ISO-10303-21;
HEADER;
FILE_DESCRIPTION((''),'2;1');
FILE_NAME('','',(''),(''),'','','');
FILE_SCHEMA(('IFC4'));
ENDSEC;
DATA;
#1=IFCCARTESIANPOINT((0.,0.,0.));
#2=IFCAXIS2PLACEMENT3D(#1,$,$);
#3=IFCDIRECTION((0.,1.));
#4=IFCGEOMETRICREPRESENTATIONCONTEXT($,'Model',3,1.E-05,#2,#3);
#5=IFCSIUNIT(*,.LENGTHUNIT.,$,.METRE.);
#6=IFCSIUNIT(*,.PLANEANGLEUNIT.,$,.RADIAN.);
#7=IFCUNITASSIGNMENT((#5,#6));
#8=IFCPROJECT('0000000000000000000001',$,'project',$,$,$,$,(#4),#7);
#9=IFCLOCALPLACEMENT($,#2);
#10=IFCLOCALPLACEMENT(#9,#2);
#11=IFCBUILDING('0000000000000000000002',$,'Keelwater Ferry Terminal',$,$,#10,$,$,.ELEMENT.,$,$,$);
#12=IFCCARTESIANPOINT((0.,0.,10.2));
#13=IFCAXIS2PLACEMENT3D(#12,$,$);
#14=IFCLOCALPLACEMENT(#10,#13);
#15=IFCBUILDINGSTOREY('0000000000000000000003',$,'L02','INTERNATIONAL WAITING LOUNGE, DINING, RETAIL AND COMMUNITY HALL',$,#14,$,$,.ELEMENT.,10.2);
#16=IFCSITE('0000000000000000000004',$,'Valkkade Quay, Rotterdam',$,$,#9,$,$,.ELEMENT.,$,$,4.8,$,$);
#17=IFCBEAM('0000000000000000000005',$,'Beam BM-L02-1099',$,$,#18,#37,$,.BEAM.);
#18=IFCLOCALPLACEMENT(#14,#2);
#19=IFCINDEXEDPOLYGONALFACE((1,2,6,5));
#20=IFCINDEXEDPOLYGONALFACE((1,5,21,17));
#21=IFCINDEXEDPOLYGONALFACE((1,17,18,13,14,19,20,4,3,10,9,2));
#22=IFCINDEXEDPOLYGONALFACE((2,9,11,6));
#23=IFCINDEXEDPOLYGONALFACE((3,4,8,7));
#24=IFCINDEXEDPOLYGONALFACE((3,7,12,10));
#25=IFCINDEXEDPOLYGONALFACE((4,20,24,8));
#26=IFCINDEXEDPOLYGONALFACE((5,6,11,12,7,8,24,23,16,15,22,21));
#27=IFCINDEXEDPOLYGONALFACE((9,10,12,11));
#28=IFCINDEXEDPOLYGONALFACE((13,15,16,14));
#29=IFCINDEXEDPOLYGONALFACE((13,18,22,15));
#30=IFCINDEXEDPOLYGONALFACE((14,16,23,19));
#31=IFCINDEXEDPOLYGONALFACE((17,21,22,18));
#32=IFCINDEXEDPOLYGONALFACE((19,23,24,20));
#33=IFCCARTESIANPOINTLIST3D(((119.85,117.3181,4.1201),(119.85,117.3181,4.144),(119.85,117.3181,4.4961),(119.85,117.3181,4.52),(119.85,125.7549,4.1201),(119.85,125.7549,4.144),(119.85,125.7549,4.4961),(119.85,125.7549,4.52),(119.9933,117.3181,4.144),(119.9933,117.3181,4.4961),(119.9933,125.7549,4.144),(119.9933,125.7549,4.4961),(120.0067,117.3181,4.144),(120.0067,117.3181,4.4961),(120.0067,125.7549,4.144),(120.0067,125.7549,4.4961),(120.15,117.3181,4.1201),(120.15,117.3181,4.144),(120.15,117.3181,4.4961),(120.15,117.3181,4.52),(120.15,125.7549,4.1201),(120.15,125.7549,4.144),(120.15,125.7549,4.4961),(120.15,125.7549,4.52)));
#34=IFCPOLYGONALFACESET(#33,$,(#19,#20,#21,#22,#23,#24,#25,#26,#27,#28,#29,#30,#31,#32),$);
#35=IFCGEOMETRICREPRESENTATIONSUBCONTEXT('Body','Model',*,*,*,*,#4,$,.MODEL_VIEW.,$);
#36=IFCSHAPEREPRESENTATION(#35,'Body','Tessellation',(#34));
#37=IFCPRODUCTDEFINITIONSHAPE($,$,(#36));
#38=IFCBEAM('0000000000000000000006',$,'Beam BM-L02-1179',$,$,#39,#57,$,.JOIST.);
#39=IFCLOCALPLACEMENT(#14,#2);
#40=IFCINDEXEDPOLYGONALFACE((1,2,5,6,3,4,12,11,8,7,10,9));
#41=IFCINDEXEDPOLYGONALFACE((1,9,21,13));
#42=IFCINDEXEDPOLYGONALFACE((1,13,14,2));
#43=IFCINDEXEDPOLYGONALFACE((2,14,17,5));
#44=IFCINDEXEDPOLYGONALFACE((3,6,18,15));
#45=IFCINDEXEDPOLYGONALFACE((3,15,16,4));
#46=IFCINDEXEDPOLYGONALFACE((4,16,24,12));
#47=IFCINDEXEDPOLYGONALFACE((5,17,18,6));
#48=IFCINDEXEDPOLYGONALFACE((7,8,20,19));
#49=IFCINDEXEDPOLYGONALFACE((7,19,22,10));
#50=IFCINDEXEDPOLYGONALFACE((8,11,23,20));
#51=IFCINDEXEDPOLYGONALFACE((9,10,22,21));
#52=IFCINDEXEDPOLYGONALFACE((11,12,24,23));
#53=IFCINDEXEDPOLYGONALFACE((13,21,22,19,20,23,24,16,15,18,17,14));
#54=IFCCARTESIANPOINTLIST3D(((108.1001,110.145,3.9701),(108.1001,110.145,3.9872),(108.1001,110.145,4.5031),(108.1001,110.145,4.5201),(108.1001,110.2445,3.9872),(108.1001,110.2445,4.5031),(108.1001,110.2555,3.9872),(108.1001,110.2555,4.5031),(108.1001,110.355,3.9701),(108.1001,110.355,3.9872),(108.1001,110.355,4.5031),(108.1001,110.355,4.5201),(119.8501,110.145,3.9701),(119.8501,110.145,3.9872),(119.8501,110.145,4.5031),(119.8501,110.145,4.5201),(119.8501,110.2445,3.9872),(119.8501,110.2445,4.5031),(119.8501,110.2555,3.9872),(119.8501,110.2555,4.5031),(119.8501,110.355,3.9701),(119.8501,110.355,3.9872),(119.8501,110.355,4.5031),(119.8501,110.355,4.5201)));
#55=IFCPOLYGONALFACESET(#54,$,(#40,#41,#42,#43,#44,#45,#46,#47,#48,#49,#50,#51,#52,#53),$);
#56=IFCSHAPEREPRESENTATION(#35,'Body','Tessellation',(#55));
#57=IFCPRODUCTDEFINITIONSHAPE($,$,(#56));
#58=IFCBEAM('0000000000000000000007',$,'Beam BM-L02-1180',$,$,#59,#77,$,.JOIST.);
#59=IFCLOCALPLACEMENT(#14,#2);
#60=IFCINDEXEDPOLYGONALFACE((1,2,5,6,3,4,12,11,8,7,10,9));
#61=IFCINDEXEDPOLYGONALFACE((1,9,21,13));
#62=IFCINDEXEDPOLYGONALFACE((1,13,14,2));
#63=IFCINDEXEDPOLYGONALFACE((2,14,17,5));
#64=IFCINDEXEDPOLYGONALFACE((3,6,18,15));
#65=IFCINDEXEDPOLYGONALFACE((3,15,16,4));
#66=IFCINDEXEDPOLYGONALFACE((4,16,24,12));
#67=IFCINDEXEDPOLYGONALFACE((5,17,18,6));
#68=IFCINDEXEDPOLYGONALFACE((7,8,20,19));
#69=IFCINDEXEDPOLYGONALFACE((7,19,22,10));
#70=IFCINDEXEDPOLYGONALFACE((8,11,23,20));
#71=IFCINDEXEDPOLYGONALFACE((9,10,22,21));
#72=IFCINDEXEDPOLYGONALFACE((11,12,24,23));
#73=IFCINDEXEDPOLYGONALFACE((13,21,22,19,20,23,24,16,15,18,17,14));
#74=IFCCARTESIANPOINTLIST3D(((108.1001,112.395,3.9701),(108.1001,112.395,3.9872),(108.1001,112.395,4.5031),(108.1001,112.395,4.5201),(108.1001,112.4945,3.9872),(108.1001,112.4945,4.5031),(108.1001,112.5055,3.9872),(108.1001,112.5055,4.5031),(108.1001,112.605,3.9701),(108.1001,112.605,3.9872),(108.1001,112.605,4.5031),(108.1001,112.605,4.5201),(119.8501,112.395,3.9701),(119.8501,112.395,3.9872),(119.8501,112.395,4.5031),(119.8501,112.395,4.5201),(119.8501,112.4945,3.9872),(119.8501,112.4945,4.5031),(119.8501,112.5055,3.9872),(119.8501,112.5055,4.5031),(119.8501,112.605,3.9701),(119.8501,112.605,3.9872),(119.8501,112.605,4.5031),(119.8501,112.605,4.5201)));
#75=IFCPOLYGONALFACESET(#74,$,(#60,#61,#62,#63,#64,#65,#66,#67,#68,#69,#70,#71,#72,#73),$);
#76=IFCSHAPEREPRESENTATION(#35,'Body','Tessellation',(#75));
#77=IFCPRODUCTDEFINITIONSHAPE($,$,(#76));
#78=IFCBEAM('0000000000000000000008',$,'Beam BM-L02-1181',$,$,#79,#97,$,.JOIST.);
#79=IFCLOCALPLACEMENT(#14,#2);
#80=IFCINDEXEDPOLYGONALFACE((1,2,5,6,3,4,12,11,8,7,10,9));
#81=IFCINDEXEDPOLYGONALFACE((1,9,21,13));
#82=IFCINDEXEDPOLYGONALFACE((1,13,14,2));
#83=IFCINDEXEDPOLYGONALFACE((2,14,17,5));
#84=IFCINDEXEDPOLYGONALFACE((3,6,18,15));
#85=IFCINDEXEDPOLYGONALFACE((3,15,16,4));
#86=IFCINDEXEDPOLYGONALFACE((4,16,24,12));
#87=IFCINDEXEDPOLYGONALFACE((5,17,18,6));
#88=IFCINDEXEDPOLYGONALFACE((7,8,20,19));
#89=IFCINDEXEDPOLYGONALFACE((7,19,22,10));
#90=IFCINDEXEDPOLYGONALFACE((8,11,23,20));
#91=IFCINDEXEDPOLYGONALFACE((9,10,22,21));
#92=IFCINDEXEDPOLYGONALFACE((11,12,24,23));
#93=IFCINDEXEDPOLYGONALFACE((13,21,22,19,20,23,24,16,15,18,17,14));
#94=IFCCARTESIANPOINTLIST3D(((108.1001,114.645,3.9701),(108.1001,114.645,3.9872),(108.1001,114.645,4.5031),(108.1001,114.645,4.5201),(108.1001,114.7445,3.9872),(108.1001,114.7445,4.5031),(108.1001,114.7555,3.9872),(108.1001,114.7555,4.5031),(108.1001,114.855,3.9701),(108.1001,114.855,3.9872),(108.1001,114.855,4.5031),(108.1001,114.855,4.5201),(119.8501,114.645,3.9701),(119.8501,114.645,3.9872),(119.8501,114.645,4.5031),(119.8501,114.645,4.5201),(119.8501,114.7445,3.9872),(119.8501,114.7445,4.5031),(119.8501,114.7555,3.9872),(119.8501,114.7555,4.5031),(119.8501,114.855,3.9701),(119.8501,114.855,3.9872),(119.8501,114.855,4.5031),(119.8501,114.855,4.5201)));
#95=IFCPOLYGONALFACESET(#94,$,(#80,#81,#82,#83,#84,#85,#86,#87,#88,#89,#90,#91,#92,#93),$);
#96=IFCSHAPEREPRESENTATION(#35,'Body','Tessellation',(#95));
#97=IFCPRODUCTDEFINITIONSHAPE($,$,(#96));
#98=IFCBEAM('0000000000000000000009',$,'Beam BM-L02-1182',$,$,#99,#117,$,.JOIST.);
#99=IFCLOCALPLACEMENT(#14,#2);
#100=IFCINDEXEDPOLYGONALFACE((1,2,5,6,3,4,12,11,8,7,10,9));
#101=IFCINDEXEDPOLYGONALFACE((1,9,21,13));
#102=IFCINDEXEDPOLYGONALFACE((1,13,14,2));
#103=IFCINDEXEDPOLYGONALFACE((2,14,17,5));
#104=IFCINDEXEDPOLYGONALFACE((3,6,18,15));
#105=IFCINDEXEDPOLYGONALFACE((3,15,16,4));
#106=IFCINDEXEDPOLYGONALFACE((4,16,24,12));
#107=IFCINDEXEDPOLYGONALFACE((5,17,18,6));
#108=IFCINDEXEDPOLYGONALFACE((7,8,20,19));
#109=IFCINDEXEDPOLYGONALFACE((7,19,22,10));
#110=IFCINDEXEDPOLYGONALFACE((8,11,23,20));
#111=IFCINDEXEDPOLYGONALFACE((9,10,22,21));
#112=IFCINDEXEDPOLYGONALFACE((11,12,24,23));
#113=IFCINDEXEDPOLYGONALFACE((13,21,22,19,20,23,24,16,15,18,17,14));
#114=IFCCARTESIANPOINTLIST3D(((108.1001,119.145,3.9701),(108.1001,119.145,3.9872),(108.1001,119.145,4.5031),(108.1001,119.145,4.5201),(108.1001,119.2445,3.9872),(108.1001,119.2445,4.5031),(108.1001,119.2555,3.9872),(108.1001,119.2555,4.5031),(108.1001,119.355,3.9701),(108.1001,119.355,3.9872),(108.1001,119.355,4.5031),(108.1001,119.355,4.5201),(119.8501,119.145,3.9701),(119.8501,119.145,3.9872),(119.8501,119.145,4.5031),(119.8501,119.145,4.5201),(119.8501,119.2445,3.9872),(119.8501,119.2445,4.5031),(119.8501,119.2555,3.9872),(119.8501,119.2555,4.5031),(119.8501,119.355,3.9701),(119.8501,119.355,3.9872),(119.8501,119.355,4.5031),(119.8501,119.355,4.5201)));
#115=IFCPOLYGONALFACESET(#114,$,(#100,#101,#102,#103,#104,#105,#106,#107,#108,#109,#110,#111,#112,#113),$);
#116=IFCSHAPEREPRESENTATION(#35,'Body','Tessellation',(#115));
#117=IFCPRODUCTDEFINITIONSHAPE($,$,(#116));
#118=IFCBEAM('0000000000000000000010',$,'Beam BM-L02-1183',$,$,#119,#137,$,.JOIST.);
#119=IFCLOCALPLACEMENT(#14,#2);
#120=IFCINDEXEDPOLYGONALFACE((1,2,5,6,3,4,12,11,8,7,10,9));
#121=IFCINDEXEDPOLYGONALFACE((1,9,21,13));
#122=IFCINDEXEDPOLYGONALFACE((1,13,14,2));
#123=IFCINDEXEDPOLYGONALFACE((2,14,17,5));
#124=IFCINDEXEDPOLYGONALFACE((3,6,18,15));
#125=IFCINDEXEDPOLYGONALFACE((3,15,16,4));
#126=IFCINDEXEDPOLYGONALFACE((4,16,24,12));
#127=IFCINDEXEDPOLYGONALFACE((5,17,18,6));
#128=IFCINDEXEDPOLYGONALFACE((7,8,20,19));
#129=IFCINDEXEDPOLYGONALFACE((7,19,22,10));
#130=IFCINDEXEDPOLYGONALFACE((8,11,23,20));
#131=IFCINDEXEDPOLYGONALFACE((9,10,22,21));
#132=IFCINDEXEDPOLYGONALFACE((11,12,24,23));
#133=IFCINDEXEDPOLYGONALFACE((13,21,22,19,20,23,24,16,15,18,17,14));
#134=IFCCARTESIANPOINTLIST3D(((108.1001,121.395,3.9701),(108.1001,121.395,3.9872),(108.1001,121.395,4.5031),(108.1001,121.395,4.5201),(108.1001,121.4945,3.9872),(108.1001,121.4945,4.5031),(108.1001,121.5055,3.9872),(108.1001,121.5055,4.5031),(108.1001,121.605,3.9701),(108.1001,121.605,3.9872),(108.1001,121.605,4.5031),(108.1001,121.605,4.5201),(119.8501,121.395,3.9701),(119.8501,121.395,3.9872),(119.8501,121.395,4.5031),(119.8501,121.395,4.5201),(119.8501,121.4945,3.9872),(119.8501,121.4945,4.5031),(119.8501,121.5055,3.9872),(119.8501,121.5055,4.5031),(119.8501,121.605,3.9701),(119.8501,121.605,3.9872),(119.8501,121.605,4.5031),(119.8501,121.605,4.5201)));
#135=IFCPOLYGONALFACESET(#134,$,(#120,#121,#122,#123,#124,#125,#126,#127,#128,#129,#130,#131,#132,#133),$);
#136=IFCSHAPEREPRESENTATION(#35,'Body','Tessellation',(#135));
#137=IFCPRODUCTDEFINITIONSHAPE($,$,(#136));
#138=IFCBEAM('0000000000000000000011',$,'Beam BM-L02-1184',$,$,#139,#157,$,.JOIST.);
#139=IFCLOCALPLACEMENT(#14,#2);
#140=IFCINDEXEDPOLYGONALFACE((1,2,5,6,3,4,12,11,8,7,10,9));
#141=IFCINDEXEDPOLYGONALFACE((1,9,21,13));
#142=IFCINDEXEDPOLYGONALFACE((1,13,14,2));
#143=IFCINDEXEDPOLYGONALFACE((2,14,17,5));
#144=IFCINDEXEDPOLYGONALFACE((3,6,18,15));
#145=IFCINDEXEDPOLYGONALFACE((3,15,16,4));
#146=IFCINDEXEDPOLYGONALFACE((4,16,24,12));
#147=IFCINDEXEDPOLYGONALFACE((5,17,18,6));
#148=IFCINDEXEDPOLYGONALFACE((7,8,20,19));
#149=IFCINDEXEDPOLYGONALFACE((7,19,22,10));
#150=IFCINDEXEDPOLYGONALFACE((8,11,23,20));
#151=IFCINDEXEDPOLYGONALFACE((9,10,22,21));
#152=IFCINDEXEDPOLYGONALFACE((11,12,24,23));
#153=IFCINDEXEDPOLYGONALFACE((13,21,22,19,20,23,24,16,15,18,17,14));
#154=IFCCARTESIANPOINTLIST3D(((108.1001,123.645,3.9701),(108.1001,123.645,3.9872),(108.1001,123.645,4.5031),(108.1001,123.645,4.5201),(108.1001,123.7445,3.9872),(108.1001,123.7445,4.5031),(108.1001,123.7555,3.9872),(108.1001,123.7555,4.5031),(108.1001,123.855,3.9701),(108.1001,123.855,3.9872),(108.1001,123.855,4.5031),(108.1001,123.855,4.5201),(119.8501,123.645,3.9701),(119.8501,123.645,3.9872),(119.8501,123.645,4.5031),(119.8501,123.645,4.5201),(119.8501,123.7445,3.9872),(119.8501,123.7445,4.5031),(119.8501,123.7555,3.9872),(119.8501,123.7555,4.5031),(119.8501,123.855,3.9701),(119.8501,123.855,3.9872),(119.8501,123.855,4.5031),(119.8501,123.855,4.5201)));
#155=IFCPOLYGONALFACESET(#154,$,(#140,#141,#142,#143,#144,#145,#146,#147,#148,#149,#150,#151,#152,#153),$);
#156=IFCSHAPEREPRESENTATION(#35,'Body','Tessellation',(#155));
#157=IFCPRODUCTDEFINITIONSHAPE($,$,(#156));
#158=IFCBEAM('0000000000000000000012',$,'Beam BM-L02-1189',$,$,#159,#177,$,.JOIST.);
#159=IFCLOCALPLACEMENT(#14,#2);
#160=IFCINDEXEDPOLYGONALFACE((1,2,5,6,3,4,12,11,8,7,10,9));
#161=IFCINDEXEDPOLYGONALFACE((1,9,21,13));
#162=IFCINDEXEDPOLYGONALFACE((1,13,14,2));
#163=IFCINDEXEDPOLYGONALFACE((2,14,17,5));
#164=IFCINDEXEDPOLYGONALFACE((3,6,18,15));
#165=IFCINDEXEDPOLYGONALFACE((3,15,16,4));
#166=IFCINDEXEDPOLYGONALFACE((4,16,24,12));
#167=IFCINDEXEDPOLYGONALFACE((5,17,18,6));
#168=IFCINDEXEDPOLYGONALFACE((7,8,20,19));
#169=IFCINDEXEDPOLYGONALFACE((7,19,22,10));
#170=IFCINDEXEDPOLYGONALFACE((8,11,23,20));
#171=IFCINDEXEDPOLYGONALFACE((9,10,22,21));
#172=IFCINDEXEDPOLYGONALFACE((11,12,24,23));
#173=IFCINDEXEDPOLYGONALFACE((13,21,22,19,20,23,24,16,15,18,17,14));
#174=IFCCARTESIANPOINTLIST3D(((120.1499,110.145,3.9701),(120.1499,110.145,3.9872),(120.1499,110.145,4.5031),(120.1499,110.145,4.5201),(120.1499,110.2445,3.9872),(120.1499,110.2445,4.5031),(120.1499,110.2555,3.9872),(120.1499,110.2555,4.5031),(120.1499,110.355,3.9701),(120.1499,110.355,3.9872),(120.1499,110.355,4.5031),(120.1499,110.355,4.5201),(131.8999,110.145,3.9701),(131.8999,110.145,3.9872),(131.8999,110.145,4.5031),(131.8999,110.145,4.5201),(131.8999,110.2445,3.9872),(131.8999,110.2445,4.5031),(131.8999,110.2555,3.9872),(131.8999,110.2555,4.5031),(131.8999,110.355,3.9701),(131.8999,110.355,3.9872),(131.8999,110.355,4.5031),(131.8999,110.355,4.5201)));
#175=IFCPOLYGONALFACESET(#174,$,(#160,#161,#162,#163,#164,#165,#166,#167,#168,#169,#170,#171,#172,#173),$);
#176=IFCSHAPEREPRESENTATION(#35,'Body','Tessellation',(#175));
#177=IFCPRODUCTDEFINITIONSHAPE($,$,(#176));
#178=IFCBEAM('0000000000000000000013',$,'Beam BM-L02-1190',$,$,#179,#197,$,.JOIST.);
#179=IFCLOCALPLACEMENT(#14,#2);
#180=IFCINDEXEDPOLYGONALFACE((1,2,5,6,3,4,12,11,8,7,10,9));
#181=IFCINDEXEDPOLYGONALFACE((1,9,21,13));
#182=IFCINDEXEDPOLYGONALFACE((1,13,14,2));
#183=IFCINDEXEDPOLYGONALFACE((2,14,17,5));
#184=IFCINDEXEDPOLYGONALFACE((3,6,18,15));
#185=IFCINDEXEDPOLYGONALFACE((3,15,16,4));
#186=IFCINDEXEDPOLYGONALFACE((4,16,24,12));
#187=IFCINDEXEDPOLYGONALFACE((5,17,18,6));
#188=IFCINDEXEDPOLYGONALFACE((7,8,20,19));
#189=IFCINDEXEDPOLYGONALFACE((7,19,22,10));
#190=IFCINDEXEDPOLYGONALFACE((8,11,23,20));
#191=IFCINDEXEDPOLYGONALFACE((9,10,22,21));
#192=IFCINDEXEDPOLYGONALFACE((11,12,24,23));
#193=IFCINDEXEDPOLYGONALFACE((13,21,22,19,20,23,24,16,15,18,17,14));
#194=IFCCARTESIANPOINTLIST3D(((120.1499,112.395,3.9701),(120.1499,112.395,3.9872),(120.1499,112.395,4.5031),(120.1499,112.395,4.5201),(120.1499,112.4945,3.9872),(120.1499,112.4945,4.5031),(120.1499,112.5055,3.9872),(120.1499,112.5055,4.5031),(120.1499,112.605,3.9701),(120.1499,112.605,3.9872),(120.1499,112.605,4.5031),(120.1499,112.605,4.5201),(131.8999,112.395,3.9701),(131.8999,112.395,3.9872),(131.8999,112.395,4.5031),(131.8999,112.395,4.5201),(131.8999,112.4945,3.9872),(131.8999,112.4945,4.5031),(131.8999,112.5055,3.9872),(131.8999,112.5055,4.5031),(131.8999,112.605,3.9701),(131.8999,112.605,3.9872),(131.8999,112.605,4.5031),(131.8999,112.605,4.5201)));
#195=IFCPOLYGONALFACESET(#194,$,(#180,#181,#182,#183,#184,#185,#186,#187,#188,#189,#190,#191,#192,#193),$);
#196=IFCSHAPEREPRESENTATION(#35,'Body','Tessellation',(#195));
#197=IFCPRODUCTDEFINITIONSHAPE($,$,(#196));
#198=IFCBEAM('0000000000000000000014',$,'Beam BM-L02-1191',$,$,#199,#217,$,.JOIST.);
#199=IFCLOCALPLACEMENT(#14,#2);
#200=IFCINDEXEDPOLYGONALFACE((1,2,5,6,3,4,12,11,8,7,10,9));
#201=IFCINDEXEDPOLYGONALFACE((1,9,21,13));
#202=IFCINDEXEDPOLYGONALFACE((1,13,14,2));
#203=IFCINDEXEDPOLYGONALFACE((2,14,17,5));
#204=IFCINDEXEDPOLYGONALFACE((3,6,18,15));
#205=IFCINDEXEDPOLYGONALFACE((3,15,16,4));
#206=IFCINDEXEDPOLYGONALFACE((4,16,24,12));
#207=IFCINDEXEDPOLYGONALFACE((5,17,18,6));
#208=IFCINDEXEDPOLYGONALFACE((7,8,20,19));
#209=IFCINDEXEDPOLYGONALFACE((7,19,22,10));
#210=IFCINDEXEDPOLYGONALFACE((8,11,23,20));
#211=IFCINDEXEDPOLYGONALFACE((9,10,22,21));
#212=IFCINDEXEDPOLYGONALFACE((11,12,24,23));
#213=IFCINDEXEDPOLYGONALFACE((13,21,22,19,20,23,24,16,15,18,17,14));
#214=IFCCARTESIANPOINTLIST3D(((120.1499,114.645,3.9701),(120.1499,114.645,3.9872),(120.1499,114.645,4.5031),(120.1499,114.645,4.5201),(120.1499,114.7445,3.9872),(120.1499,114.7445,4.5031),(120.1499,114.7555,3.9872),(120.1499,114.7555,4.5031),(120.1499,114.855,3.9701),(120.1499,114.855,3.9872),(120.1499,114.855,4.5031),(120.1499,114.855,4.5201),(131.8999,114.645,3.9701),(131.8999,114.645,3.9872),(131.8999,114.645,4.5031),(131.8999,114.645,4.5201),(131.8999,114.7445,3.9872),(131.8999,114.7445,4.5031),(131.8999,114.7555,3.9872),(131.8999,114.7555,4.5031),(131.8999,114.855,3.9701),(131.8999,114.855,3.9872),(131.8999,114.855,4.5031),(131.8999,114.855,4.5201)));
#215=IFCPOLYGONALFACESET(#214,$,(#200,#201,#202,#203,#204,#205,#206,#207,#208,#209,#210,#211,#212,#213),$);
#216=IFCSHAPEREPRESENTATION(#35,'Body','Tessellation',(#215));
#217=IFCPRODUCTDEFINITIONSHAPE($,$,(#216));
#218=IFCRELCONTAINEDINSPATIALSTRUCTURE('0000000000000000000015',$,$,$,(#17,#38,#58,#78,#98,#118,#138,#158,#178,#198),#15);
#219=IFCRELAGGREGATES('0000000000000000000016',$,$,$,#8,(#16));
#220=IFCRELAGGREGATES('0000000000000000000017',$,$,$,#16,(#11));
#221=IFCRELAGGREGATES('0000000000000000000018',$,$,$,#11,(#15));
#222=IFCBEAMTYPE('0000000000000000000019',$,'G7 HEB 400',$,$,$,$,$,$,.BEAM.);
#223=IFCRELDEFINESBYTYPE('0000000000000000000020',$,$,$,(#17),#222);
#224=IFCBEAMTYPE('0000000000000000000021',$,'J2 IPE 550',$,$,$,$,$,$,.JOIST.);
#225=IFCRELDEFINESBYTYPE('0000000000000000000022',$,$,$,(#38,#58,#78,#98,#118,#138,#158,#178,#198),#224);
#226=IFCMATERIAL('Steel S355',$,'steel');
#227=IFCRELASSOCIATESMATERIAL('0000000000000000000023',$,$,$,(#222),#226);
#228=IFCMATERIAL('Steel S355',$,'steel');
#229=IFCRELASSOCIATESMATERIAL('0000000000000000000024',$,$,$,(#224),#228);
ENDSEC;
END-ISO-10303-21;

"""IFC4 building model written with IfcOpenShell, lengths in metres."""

from ifc_helpers import new_model, si_unit, direction, frame, origin, origin_2d, place, context, subcontext, project, spatial, i_section, extrude, material, material_profile, profile_set, type_object, element, save


model = new_model("IFC4")

# Units and contexts
model_context = context("Model", 3, precision=1e-05, world=origin(), true_north=direction((0.0, 1.0)))
body_context = subcontext(model_context, "Body", "Model", "MODEL_VIEW")
ifc_project = project(units=[si_unit("LENGTHUNIT", "METRE"), si_unit("PLANEANGLEUNIT", "RADIAN")], contexts=[model_context])

# Site, building, storey
site_placement = place(None, origin())
site = spatial("IfcSite", under=ifc_project, at=site_placement, Name="Valkkade Quay, Rotterdam", CompositionType="ELEMENT", RefElevation=4.8)
building_placement = place(site_placement, origin())
building = spatial("IfcBuilding", under=site, at=building_placement, Name="Keelwater Ferry Terminal", CompositionType="ELEMENT")
storey_placement = place(building_placement, frame((0.0, 0.0, 10.2)))
storey = spatial("IfcBuildingStorey", under=building, at=storey_placement, Name="L02", Description="INTERNATIONAL WAITING LOUNGE, DINING, RETAIL AND COMMUNITY HALL", CompositionType="ELEMENT", Elevation=10.2)

# Beams
ifc_material_1 = material(Name="Steel S355", Category="steel")
ifc_material_profile_1 = material_profile(ifc_material_1, i_section(OverallWidth=0.3, OverallDepth=0.3999, WebThickness=0.0134, FlangeThickness=0.0239, at=origin_2d()), Name="HEB 400")
ifc_profile_set_1 = profile_set([ifc_material_profile_1], Name="Steel S355")
beam_type_1 = type_object("IfcBeamType", Name="G7 HEB 400", PredefinedType="BEAM", material=ifc_profile_set_1)
beam_1_placement = place(storey_placement, frame((120.0, 117.3181, 4.3201), z_axis=(0.0, 1.0, 0.0), x_axis=(-1.0, 0.0, 0.0)))
element("IfcBeam", 1, at=beam_1_placement, inside=storey, type_object=beam_type_1, Name="Beam BM-L02-1099", PredefinedType="BEAM", context=body_context, shape_type="SweptSolid", body=[
    extrude(i_section(OverallWidth=0.3, OverallDepth=0.3999, WebThickness=0.0134, FlangeThickness=0.0239, at=origin_2d()), origin(), (0.0, 0.0, 1.0), 8.4368),
])
ifc_material_2 = material(Name="Steel S355", Category="steel")
ifc_material_profile_2 = material_profile(ifc_material_2, i_section(OverallWidth=0.21, OverallDepth=0.55, WebThickness=0.011, FlangeThickness=0.0171, at=origin_2d()), Name="IPE 550")
ifc_profile_set_2 = profile_set([ifc_material_profile_2], Name="Steel S355")
beam_type_2 = type_object("IfcBeamType", Name="J2 IPE 550", PredefinedType="JOIST", material=ifc_profile_set_2)
for number, where, z_axis, x_axis, name in (
    (2, (108.1001, 110.25, 4.2451), (1.0, 0.0, 0.0), (0.0, 1.0, 0.0), "Beam BM-L02-1179"),
    (3, (108.1001, 112.5, 4.2451), (1.0, 0.0, 0.0), (0.0, 1.0, 0.0), "Beam BM-L02-1180"),
    (4, (108.1001, 114.75, 4.2451), (1.0, 0.0, 0.0), (0.0, 1.0, 0.0), "Beam BM-L02-1181"),
    (5, (108.1001, 119.25, 4.2451), (1.0, 0.0, 0.0), (0.0, 1.0, 0.0), "Beam BM-L02-1182"),
    (6, (108.1001, 121.5, 4.2451), (1.0, 0.0, 0.0), (0.0, 1.0, 0.0), "Beam BM-L02-1183"),
    (7, (108.1001, 123.75, 4.2451), (1.0, 0.0, 0.0), (0.0, 1.0, 0.0), "Beam BM-L02-1184"),
    (8, (120.1499, 110.25, 4.2451), (1.0, 0.0, 0.0), (0.0, 1.0, 0.0), "Beam BM-L02-1189"),
    (9, (120.1499, 112.5, 4.2451), (1.0, 0.0, 0.0), (0.0, 1.0, 0.0), "Beam BM-L02-1190"),
    (10, (120.1499, 114.75, 4.2451), (1.0, 0.0, 0.0), (0.0, 1.0, 0.0), "Beam BM-L02-1191"),
):
    element("IfcBeam", number, at=place(storey_placement, frame(where, z_axis=z_axis, x_axis=x_axis)), inside=storey, type_object=beam_type_2, Name=name, PredefinedType="JOIST", context=body_context, shape_type="SweptSolid", body=[
        extrude(i_section(OverallWidth=0.21, OverallDepth=0.55, WebThickness=0.011, FlangeThickness=0.0171, at=origin_2d()), origin(), (0.0, 0.0, 1.0), 11.75),
    ])

save(model, "model.ifc")
